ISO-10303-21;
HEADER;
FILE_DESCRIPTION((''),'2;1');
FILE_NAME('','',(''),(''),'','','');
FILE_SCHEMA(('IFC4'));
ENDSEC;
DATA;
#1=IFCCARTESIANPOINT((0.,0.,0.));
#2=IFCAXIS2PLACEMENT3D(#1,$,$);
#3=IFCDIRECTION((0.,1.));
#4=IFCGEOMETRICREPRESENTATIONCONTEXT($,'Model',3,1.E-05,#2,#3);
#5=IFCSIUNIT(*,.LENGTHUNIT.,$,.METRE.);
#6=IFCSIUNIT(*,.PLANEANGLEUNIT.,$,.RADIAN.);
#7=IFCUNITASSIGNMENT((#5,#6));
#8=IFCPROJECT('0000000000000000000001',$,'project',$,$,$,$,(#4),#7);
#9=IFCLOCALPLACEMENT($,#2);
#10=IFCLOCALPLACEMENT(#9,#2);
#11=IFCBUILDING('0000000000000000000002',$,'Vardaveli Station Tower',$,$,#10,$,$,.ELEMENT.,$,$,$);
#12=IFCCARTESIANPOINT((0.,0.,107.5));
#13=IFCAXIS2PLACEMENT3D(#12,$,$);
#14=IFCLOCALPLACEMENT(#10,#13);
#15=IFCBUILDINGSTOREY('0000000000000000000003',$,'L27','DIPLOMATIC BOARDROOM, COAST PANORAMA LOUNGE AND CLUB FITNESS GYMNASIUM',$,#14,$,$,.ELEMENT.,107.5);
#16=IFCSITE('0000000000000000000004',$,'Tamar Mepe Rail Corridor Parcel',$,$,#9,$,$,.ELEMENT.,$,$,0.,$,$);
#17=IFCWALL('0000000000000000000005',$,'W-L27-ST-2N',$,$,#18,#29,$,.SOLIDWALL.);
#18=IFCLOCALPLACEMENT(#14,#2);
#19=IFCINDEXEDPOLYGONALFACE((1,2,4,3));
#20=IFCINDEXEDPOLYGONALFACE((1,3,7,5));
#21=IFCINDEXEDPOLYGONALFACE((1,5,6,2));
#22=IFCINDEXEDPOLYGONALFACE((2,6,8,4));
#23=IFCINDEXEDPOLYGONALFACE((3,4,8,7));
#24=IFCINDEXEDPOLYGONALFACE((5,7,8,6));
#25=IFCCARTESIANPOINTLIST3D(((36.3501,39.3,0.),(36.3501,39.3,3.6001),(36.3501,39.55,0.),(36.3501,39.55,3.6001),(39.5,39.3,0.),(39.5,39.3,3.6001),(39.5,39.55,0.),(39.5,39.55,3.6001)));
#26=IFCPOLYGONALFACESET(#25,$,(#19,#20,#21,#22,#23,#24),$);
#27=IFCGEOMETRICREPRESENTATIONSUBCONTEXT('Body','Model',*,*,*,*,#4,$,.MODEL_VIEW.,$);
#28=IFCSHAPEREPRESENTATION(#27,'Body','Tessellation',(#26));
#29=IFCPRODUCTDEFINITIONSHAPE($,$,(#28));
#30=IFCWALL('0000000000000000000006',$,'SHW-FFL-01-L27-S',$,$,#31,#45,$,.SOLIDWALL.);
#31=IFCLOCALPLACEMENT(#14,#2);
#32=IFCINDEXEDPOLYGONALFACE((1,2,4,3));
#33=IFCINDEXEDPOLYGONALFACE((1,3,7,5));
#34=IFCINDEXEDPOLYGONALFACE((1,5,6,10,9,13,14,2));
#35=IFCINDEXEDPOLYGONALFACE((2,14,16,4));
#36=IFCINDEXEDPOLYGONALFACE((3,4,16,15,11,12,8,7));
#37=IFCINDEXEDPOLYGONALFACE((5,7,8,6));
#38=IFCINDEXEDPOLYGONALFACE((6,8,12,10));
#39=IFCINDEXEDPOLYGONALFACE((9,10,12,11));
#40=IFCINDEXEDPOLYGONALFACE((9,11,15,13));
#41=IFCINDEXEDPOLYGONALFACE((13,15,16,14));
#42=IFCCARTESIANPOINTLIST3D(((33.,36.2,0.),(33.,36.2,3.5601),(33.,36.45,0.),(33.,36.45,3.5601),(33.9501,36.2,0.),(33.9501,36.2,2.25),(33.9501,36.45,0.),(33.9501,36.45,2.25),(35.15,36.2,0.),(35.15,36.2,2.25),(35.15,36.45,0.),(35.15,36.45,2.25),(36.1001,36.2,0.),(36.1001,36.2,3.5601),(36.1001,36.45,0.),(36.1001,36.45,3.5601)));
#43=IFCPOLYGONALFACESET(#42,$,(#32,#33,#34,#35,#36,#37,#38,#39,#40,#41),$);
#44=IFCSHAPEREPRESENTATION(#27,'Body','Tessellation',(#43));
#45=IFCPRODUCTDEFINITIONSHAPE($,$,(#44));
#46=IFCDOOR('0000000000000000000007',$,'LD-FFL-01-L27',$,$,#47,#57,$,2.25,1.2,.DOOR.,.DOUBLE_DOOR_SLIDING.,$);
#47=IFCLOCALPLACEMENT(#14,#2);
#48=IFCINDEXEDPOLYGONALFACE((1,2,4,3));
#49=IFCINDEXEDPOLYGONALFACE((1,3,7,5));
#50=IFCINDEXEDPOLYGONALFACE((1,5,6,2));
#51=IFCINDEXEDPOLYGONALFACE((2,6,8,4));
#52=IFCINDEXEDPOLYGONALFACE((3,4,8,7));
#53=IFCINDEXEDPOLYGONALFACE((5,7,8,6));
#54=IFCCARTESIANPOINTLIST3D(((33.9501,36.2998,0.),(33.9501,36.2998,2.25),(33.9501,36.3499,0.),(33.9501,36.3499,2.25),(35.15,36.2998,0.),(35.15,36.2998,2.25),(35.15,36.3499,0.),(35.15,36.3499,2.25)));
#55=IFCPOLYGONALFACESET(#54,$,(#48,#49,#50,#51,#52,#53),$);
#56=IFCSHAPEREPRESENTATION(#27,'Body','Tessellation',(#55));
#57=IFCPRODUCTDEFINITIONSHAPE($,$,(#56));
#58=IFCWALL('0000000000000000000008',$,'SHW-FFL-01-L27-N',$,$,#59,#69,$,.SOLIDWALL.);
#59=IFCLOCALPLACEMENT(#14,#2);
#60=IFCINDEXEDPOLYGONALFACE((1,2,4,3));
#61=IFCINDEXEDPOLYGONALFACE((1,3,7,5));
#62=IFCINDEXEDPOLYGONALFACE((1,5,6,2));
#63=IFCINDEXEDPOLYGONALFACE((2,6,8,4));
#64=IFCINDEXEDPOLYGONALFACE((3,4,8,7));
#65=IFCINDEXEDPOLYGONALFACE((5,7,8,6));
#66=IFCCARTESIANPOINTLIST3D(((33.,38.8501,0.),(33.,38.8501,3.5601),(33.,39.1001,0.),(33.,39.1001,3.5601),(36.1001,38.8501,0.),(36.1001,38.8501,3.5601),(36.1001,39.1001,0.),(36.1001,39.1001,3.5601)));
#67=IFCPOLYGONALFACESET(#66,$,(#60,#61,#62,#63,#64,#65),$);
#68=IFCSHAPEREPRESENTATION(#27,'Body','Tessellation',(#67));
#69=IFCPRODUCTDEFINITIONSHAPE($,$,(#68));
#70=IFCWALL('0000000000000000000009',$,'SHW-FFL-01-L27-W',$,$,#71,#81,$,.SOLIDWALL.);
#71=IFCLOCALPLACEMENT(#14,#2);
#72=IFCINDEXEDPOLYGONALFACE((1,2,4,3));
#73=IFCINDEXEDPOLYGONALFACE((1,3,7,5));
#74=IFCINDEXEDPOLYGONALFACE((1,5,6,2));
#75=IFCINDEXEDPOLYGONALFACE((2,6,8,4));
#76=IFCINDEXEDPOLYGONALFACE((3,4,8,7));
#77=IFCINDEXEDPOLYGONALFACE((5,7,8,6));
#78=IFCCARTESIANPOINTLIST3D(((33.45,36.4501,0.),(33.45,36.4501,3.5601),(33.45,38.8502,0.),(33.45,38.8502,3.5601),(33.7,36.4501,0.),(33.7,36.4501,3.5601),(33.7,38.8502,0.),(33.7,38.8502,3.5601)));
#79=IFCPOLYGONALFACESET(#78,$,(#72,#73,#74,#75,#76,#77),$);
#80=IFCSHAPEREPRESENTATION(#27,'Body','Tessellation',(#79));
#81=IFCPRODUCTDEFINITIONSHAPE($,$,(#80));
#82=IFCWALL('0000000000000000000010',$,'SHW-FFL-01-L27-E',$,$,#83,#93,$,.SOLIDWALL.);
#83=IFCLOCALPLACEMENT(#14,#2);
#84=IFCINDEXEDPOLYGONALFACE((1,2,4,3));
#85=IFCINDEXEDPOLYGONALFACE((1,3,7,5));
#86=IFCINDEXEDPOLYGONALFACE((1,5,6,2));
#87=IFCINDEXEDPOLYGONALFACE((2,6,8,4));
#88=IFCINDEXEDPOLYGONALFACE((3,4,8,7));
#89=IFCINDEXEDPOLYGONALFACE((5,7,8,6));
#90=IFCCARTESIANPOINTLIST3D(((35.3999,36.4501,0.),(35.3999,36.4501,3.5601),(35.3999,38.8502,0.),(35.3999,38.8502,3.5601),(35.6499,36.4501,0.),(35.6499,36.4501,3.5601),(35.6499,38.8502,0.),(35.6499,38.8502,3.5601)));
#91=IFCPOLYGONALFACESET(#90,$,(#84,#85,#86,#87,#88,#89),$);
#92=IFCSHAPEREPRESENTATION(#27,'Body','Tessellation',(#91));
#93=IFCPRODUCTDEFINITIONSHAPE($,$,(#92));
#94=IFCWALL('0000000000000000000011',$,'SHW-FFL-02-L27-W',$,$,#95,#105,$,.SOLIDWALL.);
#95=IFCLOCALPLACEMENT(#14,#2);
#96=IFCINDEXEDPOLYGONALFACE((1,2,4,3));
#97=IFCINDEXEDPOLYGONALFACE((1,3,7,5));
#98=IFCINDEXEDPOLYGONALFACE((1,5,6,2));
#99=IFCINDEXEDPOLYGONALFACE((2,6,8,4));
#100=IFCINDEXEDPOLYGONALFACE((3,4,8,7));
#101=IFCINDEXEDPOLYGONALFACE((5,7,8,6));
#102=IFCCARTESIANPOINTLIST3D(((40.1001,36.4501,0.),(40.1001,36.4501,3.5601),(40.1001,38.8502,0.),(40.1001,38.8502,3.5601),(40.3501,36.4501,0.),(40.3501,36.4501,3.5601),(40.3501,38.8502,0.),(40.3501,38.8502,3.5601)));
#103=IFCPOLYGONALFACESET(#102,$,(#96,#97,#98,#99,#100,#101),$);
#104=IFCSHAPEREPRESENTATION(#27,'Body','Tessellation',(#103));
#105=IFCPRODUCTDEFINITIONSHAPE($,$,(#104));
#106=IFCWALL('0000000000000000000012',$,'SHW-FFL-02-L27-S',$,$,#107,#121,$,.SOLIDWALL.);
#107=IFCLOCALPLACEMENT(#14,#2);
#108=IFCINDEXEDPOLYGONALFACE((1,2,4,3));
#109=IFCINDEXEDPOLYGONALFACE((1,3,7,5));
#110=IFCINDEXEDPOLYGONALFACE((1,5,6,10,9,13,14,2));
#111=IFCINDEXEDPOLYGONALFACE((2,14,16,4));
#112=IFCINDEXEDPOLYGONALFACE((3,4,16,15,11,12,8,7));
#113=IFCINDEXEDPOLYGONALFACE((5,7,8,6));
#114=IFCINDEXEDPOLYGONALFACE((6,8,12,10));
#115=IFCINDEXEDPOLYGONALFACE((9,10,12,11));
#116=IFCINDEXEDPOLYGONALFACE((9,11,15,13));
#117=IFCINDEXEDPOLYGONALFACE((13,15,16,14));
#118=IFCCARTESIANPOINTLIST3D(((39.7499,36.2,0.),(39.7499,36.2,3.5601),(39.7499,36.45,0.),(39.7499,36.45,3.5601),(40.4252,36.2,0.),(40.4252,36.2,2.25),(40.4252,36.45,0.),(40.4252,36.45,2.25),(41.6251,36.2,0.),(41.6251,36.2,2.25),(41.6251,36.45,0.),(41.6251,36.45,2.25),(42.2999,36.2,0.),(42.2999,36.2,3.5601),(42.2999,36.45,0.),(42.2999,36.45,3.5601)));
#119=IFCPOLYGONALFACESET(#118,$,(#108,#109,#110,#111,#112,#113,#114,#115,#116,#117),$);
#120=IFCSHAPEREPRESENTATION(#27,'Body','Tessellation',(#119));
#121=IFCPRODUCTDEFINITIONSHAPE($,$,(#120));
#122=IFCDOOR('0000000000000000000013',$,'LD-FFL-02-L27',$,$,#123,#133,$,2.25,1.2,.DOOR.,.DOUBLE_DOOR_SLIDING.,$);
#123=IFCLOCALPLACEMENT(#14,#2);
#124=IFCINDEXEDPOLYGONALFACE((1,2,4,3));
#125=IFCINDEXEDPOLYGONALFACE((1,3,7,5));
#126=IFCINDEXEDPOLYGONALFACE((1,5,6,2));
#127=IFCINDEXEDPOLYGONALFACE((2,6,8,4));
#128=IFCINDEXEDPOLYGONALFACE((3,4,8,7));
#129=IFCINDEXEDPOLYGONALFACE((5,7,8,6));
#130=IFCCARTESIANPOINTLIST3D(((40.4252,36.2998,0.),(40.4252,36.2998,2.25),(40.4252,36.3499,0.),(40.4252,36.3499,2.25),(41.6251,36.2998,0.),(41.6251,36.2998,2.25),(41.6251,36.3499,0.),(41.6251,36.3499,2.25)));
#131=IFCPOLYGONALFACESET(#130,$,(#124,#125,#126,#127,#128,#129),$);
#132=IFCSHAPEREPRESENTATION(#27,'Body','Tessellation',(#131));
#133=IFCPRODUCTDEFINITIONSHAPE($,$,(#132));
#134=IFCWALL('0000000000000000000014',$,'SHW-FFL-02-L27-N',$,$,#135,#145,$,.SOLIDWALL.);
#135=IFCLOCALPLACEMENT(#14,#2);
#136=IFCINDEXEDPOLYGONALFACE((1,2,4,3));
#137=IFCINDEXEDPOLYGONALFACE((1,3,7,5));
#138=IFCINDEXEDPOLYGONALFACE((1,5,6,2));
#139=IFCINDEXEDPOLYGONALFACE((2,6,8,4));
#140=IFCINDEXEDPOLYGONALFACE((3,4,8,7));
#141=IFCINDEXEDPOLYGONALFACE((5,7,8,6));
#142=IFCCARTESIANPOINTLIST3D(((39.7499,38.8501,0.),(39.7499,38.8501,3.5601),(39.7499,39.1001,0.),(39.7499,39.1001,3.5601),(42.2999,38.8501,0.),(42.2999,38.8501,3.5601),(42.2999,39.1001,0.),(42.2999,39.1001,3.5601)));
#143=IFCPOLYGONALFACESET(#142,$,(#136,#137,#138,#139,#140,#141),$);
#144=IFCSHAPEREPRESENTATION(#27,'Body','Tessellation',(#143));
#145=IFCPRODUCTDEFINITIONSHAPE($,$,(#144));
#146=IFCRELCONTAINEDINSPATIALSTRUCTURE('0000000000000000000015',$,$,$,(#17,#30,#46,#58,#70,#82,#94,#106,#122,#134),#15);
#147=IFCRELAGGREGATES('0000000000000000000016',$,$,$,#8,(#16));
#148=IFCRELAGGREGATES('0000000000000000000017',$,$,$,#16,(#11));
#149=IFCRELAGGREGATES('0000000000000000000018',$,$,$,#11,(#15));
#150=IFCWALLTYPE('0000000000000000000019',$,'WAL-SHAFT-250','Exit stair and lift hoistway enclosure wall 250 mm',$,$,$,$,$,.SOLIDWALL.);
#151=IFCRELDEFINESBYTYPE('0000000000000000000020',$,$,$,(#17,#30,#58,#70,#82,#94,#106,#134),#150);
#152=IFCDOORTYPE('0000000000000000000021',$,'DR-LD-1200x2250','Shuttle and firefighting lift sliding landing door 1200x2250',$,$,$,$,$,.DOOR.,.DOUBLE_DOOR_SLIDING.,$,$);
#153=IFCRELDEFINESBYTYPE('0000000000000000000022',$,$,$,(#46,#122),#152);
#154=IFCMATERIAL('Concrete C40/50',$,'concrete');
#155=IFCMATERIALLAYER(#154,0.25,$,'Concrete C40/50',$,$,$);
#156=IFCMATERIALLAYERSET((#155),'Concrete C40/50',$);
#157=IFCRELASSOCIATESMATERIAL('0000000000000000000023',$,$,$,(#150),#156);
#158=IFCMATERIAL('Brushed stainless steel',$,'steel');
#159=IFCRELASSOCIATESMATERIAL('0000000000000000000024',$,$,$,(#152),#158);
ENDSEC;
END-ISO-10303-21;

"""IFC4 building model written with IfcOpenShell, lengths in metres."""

from ifc_helpers import new_model, si_unit, direction, frame, frame_2d, origin, place, context, subcontext, project, spatial, rectangle, extrude, source, transform, mapped, material, layer, layer_set, type_object, element, fill, save


model = new_model("IFC4")

# Units and contexts
model_context = context("Model", 3, precision=1e-05, world=origin(), true_north=direction((0.0, 1.0)))
body_context = subcontext(model_context, "Body", "Model", "MODEL_VIEW")
ifc_project = project(units=[si_unit("LENGTHUNIT", "METRE"), si_unit("PLANEANGLEUNIT", "RADIAN")], contexts=[model_context])

# Site, building, storey
site_placement = place(None, origin())
site = spatial("IfcSite", under=ifc_project, at=site_placement, Name="Tamar Mepe Rail Corridor Parcel", CompositionType="ELEMENT", RefElevation=0.0)
building_placement = place(site_placement, origin())
building = spatial("IfcBuilding", under=site, at=building_placement, Name="Vardaveli Station Tower", CompositionType="ELEMENT")
storey_placement = place(building_placement, frame((0.0, 0.0, 107.5)))
storey = spatial("IfcBuildingStorey", under=building, at=storey_placement, Name="L27", Description="DIPLOMATIC BOARDROOM, COAST PANORAMA LOUNGE AND CLUB FITNESS GYMNASIUM", CompositionType="ELEMENT", Elevation=107.5)

# Wall
ifc_material_1 = material(Name="Concrete C40/50", Category="concrete")
ifc_layer_1 = layer(ifc_material_1, 0.25, Name="Concrete C40/50")
ifc_layer_set_1 = layer_set([ifc_layer_1], Name="Concrete C40/50")
wall_type = type_object("IfcWallType", Name="WAL-SHAFT-250", Description="Exit stair and lift hoistway enclosure wall 250 mm", PredefinedType="SOLIDWALL", material=ifc_layer_set_1)
shared_shape_1 = source(origin(), body_context, "Body", "SweptSolid", [
    extrude(rectangle(XDim=3.1499, YDim=0.25, at=frame_2d((1.575, 0.0))), origin(), (0.0, 0.0, 1.0), 3.6001),
])
wall_1_placement = place(storey_placement, frame((36.3501, 39.425, 0.0), z_axis=(0.0, 0.0, 1.0), x_axis=(1.0, 0.0, 0.0)))
element("IfcWall", 1, at=wall_1_placement, inside=storey, type_object=wall_type, Name="W-L27-ST-2N", PredefinedType="SOLIDWALL", context=body_context, shape_type="MappedRepresentation", body=[
    mapped(shared_shape_1, transform((0.0, 0.0, 0.0), scale=1.0)),
])

# Wall, opening, door
shared_shape_2 = source(origin(), body_context, "Body", "SweptSolid", [
    extrude(rectangle(XDim=3.1001, YDim=0.25, at=frame_2d((1.55, 0.0))), origin(), (0.0, 0.0, 1.0), 3.5601),
])
wall_2_placement = place(storey_placement, frame((33.0, 36.325, 0.0), z_axis=(0.0, 0.0, 1.0), x_axis=(1.0, 0.0, 0.0)))
wall_2 = element("IfcWall", 2, at=wall_2_placement, inside=storey, type_object=wall_type, Name="SHW-FFL-01-L27-S", PredefinedType="SOLIDWALL", context=body_context, shape_type="MappedRepresentation", body=[
    mapped(shared_shape_2, transform((0.0, 0.0, 0.0), scale=1.0)),
])
shared_shape_3 = source(origin(), body_context, "Body", "SweptSolid", [
    extrude(rectangle(XDim=1.2, YDim=2.25, at=frame_2d((0.6001, 1.125))), frame((0.0, 0.135, 0.0), z_axis=(0.0, -1.0, 0.0), x_axis=(1.0, 0.0, 0.0)), (0.0, 0.0, 1.0), 0.27),
])
opening_1_placement = place(wall_2_placement, frame((0.95, 0.0, 0.0)))
opening_1 = element("IfcOpeningElement", 3, at=opening_1_placement, cuts=wall_2, PredefinedType="OPENING", context=body_context, shape_type="MappedRepresentation", body=[
    mapped(shared_shape_3, transform((0.0, 0.0, 0.0), scale=1.0)),
])
ifc_material_2 = material(Name="Brushed stainless steel", Category="steel")
door_type = type_object("IfcDoorType", Name="DR-LD-1200x2250", Description="Shuttle and firefighting lift sliding landing door 1200x2250", OperationType="DOUBLE_DOOR_SLIDING", PredefinedType="DOOR", material=ifc_material_2)
shared_shape_4 = source(origin(), body_context, "Body", "SweptSolid", [
    extrude(rectangle(XDim=1.2, YDim=2.25, at=frame_2d((0.6001, 1.125))), frame((0.0, 0.0249, 0.0), z_axis=(0.0, -1.0, 0.0), x_axis=(1.0, 0.0, 0.0)), (0.0, 0.0, 1.0), 0.05),
])
door_1_placement = place(opening_1_placement, origin())
door_1 = element("IfcDoor", 4, at=door_1_placement, inside=storey, type_object=door_type, Name="LD-FFL-01-L27", OperationType="DOUBLE_DOOR_SLIDING", OverallHeight=2.25, OverallWidth=1.2, PredefinedType="DOOR", context=body_context, shape_type="MappedRepresentation", body=[
    mapped(shared_shape_4, transform((0.0, 0.0, 0.0), scale=1.0)),
])
fill(opening_1, door_1)

# Walls
wall_3_placement = place(storey_placement, frame((33.0, 38.9751, 0.0), z_axis=(0.0, 0.0, 1.0), x_axis=(1.0, 0.0, 0.0)))
element("IfcWall", 5, at=wall_3_placement, inside=storey, type_object=wall_type, Name="SHW-FFL-01-L27-N", PredefinedType="SOLIDWALL", context=body_context, shape_type="MappedRepresentation", body=[
    mapped(shared_shape_2, transform((0.0, 0.0, 0.0), scale=1.0)),
])
shared_shape_5 = source(origin(), body_context, "Body", "SweptSolid", [
    extrude(rectangle(XDim=2.4001, YDim=0.25, at=frame_2d((1.2002, 0.0))), origin(), (0.0, 0.0, 1.0), 3.5601),
])
for number, where, z_axis, x_axis, name in (
    (6, (33.575, 36.45, 0.0), (0.0, 0.0, 1.0), (0.0, 1.0, 0.0), "SHW-FFL-01-L27-W"),
    (7, (35.5249, 36.45, 0.0), (0.0, 0.0, 1.0), (0.0, 1.0, 0.0), "SHW-FFL-01-L27-E"),
    (8, (40.2251, 36.45, 0.0), (0.0, 0.0, 1.0), (0.0, 1.0, 0.0), "SHW-FFL-02-L27-W"),
):
    element("IfcWall", number, at=place(storey_placement, frame(where, z_axis=z_axis, x_axis=x_axis)), inside=storey, type_object=wall_type, Name=name, PredefinedType="SOLIDWALL", context=body_context, shape_type="MappedRepresentation", body=[
        mapped(shared_shape_5, transform((0.0, 0.0, 0.0), scale=1.0)),
    ])

# Wall, opening, door
shared_shape_6 = source(origin(), body_context, "Body", "SweptSolid", [
    extrude(rectangle(XDim=2.55, YDim=0.25, at=frame_2d((1.2749, 0.0))), origin(), (0.0, 0.0, 1.0), 3.5601),
])
wall_4_placement = place(storey_placement, frame((39.75, 36.325, 0.0), z_axis=(0.0, 0.0, 1.0), x_axis=(1.0, 0.0, 0.0)))
wall_4 = element("IfcWall", 9, at=wall_4_placement, inside=storey, type_object=wall_type, Name="SHW-FFL-02-L27-S", PredefinedType="SOLIDWALL", context=body_context, shape_type="MappedRepresentation", body=[
    mapped(shared_shape_6, transform((0.0, 0.0, 0.0), scale=1.0)),
])
opening_2_placement = place(wall_4_placement, frame((0.675, 0.0, 0.0)))
opening_2 = element("IfcOpeningElement", 10, at=opening_2_placement, cuts=wall_4, PredefinedType="OPENING", context=body_context, shape_type="MappedRepresentation", body=[
    mapped(shared_shape_3, transform((0.0, 0.0, 0.0), scale=1.0)),
])
door_2_placement = place(opening_2_placement, origin())
door_2 = element("IfcDoor", 11, at=door_2_placement, inside=storey, type_object=door_type, Name="LD-FFL-02-L27", OperationType="DOUBLE_DOOR_SLIDING", OverallHeight=2.25, OverallWidth=1.2, PredefinedType="DOOR", context=body_context, shape_type="MappedRepresentation", body=[
    mapped(shared_shape_4, transform((0.0, 0.0, 0.0), scale=1.0)),
])
fill(opening_2, door_2)

# Wall
wall_5_placement = place(storey_placement, frame((39.75, 38.9751, 0.0), z_axis=(0.0, 0.0, 1.0), x_axis=(1.0, 0.0, 0.0)))
element("IfcWall", 12, at=wall_5_placement, inside=storey, type_object=wall_type, Name="SHW-FFL-02-L27-N", PredefinedType="SOLIDWALL", context=body_context, shape_type="MappedRepresentation", body=[
    mapped(shared_shape_6, transform((0.0, 0.0, 0.0), scale=1.0)),
])

save(model, "model.ifc")
